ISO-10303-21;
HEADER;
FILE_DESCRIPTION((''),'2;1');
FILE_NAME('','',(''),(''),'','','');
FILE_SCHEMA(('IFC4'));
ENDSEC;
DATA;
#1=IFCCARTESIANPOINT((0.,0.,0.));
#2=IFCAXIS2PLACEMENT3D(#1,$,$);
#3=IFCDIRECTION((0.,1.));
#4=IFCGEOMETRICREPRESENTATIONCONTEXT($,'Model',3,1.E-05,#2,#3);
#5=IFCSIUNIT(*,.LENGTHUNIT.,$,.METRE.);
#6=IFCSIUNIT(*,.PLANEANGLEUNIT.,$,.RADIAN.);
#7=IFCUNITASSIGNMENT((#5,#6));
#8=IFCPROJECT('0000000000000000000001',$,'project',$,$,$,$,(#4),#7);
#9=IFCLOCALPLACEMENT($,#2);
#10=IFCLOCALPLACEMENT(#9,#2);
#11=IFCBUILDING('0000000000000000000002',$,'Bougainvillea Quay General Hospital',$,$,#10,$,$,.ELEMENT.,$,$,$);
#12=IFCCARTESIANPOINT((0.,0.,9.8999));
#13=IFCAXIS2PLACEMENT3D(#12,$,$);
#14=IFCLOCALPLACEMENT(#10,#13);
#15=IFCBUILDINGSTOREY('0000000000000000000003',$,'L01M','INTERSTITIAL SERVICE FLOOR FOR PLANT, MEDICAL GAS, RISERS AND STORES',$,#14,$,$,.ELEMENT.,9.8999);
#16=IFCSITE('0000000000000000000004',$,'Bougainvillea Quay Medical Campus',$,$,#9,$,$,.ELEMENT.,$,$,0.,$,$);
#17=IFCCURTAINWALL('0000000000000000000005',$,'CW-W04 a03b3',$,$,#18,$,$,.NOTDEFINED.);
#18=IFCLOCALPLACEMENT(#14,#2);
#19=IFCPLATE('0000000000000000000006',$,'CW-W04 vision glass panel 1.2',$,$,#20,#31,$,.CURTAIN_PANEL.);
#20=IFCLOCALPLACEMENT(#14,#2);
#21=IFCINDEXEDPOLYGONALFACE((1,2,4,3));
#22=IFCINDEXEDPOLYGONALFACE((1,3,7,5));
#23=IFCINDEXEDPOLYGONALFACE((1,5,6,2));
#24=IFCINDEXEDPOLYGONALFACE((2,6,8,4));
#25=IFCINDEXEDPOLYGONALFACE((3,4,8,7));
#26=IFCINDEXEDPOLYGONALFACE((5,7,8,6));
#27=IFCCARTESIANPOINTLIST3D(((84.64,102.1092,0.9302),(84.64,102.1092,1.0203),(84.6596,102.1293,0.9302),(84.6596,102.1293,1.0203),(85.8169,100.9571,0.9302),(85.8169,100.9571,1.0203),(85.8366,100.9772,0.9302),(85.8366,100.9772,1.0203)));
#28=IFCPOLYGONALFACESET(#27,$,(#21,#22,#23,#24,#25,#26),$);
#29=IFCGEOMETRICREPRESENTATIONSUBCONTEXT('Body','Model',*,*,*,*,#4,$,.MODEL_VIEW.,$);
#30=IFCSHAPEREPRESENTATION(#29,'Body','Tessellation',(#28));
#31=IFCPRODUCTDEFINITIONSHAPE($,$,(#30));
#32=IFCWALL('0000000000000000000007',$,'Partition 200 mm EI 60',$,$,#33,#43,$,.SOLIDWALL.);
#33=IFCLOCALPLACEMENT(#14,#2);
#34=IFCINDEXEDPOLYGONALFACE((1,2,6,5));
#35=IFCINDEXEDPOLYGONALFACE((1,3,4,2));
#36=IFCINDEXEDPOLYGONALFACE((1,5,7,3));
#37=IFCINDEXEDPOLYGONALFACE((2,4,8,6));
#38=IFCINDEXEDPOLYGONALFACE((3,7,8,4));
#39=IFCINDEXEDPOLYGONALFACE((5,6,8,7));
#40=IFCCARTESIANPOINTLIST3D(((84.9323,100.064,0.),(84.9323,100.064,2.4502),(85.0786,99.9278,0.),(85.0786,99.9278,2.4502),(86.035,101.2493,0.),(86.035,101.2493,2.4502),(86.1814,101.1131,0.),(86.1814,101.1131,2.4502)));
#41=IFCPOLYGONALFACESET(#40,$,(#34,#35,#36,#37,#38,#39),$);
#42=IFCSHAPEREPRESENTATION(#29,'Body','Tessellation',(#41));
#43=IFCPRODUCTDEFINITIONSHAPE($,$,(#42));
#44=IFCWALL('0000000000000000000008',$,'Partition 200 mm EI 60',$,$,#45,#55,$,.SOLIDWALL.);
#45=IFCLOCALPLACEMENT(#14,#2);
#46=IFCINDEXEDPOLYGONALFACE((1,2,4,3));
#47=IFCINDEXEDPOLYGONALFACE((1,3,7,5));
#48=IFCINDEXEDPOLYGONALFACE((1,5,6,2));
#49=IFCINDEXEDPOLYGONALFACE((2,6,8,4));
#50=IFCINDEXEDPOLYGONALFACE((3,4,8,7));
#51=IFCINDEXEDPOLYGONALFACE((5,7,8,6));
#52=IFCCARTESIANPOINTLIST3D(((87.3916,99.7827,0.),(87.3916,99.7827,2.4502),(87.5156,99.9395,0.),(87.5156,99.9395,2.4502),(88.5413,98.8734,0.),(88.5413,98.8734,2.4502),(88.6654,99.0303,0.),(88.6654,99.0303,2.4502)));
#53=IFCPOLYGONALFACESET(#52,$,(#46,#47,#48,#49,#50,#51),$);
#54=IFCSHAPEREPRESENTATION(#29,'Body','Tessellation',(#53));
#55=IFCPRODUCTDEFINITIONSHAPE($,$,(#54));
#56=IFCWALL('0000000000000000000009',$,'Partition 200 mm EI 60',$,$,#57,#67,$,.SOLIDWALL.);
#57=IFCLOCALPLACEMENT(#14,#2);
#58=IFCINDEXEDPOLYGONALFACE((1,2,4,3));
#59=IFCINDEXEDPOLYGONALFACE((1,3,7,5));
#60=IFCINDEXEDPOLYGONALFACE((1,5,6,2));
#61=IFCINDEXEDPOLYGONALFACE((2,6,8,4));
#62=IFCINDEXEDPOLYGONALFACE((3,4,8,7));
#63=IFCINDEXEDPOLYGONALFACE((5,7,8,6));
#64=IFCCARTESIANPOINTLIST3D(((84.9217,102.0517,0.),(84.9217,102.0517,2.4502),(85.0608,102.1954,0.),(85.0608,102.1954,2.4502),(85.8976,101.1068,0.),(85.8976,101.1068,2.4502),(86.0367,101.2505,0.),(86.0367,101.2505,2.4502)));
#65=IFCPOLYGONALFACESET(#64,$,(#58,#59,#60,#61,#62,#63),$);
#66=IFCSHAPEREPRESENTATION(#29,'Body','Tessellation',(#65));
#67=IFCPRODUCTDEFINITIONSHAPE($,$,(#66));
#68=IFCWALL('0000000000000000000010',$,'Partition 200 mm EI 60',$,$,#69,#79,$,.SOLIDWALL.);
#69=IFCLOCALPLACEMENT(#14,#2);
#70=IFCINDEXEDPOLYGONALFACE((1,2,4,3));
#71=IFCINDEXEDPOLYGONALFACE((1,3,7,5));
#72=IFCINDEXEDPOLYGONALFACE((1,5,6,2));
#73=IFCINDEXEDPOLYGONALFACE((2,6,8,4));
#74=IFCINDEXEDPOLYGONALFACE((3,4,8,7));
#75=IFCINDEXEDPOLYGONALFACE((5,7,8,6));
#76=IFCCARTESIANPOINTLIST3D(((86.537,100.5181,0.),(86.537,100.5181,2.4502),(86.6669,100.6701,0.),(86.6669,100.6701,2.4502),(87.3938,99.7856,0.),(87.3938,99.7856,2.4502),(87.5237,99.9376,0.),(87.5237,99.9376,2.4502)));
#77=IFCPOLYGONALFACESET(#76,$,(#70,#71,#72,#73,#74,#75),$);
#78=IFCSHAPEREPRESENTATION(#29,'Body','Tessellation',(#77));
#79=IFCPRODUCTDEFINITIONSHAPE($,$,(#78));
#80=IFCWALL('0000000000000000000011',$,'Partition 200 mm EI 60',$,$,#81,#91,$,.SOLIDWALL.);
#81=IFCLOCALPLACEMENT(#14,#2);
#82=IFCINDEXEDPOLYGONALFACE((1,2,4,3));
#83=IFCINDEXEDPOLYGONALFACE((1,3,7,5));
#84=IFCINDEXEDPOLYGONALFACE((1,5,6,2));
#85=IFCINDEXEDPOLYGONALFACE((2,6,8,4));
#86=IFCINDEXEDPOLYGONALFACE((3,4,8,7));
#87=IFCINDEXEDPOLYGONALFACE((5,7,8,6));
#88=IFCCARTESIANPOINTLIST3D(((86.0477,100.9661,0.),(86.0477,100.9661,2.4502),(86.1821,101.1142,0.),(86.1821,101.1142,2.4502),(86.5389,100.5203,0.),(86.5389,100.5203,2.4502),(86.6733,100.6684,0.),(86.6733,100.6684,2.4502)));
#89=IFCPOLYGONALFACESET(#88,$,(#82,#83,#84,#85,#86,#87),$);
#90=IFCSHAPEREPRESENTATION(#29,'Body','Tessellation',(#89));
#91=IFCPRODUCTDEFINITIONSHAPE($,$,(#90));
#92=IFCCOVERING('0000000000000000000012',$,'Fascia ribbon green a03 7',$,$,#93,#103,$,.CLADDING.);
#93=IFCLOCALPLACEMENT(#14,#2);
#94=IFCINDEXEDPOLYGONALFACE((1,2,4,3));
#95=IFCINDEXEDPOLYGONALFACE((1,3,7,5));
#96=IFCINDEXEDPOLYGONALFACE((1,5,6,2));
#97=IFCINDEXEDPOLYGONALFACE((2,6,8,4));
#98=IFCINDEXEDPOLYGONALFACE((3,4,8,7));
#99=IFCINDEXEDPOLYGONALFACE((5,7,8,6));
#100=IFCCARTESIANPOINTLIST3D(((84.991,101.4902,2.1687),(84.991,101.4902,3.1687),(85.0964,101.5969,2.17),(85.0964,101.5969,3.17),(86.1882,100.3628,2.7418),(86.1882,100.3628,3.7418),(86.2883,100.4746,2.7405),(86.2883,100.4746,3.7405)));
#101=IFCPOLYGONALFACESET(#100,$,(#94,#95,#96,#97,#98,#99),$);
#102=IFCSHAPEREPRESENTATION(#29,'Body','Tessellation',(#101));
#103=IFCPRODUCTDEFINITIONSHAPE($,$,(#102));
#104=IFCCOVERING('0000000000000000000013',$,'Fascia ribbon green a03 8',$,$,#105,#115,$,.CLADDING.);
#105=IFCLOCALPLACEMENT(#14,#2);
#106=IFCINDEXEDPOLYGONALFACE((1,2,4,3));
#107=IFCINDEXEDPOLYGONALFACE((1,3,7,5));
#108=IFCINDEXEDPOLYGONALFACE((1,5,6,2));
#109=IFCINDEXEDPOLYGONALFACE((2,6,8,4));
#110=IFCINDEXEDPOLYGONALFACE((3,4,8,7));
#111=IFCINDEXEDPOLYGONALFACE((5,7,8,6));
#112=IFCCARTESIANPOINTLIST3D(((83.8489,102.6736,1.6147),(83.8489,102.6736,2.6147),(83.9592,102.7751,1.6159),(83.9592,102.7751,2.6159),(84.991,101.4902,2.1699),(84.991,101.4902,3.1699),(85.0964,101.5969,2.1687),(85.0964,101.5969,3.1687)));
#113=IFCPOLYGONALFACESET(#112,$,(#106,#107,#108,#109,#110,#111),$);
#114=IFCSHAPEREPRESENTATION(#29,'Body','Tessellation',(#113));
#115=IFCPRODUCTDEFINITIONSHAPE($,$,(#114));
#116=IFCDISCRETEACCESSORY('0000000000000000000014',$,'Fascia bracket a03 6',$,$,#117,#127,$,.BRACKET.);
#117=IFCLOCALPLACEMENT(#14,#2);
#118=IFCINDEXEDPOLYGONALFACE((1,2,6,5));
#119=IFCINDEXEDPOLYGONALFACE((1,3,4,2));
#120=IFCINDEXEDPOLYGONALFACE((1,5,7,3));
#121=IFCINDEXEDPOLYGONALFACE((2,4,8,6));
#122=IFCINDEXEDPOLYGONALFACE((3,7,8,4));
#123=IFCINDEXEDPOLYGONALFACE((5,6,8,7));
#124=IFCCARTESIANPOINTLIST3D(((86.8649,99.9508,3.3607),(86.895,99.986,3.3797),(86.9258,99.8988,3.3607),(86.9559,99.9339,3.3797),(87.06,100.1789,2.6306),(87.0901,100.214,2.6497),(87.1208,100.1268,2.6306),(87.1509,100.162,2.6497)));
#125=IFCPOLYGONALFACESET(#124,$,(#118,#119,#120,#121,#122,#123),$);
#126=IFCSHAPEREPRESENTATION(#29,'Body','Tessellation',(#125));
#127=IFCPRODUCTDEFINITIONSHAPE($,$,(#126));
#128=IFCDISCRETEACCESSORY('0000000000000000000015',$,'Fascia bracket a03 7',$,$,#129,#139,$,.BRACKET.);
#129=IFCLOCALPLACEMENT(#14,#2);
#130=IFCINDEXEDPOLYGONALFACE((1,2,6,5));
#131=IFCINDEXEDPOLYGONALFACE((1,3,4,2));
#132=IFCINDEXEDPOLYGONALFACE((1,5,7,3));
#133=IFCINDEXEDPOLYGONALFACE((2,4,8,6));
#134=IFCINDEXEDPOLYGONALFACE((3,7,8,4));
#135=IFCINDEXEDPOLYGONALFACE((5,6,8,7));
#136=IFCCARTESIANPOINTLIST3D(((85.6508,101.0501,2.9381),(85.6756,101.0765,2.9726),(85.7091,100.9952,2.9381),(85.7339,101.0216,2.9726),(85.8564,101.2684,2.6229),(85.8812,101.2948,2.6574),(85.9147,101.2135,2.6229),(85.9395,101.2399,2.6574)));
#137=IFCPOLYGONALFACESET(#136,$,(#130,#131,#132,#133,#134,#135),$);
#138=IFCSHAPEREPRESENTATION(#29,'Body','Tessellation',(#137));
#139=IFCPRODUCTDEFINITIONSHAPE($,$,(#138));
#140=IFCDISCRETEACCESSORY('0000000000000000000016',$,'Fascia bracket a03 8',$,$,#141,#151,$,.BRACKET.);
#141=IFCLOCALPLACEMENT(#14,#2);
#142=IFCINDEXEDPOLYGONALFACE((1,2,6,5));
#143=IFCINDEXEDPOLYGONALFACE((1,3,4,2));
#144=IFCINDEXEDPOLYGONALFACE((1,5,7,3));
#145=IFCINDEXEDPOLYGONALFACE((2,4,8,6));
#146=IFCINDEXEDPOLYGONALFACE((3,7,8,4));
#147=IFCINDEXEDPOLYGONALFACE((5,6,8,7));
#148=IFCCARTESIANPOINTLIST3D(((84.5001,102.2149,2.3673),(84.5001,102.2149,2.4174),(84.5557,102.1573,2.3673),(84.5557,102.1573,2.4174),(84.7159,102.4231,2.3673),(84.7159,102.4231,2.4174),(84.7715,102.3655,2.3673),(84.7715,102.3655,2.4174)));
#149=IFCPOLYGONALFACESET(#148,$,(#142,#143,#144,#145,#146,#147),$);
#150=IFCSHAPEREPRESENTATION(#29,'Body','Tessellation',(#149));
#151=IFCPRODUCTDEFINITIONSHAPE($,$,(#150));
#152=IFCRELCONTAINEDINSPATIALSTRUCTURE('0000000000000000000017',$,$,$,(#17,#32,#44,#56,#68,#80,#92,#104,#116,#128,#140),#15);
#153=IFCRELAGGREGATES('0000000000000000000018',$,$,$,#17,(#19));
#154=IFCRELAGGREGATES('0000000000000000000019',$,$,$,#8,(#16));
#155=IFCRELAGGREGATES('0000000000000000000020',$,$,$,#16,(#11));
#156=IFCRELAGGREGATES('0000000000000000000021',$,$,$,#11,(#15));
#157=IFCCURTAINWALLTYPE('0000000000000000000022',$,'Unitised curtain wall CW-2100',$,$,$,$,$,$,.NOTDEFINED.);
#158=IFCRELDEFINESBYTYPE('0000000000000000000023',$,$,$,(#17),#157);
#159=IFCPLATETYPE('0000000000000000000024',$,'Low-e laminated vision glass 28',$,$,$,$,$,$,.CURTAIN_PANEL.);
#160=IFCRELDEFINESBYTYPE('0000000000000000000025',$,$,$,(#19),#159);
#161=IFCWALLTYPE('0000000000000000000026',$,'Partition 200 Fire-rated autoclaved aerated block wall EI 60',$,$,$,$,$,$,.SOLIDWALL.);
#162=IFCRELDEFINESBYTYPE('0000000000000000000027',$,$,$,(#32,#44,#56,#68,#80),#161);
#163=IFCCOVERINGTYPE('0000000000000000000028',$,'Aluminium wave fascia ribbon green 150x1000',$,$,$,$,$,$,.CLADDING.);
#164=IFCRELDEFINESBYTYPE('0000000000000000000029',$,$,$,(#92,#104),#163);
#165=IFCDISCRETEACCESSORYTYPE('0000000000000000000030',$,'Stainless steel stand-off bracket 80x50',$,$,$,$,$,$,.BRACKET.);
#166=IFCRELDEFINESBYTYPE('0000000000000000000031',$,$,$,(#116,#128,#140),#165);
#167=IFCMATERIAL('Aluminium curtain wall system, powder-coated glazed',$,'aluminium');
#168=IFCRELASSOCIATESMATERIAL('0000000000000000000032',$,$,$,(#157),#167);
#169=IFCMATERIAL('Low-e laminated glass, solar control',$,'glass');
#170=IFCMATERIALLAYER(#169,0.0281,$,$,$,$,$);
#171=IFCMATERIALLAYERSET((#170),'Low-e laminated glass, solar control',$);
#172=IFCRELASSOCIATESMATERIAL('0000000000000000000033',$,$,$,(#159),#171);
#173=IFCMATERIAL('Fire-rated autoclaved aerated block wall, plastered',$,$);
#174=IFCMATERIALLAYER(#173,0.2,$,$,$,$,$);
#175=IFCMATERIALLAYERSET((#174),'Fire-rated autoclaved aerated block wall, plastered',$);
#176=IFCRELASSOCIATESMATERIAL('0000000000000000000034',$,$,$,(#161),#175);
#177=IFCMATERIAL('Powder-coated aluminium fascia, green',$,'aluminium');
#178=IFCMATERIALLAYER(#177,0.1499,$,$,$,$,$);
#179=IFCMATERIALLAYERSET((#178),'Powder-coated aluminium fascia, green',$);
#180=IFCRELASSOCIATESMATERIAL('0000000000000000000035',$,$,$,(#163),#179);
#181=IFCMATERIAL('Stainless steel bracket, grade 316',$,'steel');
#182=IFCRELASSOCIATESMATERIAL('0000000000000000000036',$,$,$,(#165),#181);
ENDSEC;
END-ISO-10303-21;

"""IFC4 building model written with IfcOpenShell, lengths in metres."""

from ifc_helpers import new_model, si_unit, direction, frame, frame_2d, origin, origin_2d, place, context, subcontext, project, spatial, polyline, rectangle, outline, extrude, material, layer, layer_set, material_profile, profile_set, type_object, element, aggregate, save


model = new_model("IFC4")

# Units and contexts
model_context = context("Model", 3, precision=1e-05, world=origin(), true_north=direction((0.0, 1.0)))
body_context = subcontext(model_context, "Body", "Model", "MODEL_VIEW")
ifc_project = project(units=[si_unit("LENGTHUNIT", "METRE"), si_unit("PLANEANGLEUNIT", "RADIAN")], contexts=[model_context])

# Site, building, storey
site_placement = place(None, origin())
site = spatial("IfcSite", under=ifc_project, at=site_placement, Name="Bougainvillea Quay Medical Campus", CompositionType="ELEMENT", RefElevation=0.0)
building_placement = place(site_placement, origin())
building = spatial("IfcBuilding", under=site, at=building_placement, Name="Bougainvillea Quay General Hospital", CompositionType="ELEMENT")
storey_placement = place(building_placement, frame((0.0, 0.0, 9.8999)))
storey = spatial("IfcBuildingStorey", under=building, at=storey_placement, Name="L01M", Description="INTERSTITIAL SERVICE FLOOR FOR PLANT, MEDICAL GAS, RISERS AND STORES", CompositionType="ELEMENT", Elevation=9.8999)

# Shared definitions
ifc_material_1 = material(Name="Aluminium curtain wall system, powder-coated glazed", Category="aluminium")
curtain_wall_type = type_object("IfcCurtainWallType", Name="Unitised curtain wall CW-2100", PredefinedType="NOTDEFINED", material=ifc_material_1)

# Curtain wall
curtain_wall_1_placement = place(storey_placement, origin())
curtain_wall_1 = element("IfcCurtainWall", 1, at=curtain_wall_1_placement, inside=storey, type_object=curtain_wall_type, Name="CW-W04 a03b3", PredefinedType="NOTDEFINED")

# Plate
ifc_material_2 = material(Name="Low-e laminated glass, solar control", Category="glass")
ifc_layer_1 = layer(ifc_material_2, 0.0281)
ifc_layer_set_1 = layer_set([ifc_layer_1], Name="Low-e laminated glass, solar control")
plate_type_1 = type_object("IfcPlateType", Name="Low-e laminated vision glass 28", PredefinedType="CURTAIN_PANEL", material=ifc_layer_set_1)
plate_1_placement = place(storey_placement, frame((85.2383, 101.5432, 0.9302), z_axis=(0.0, 0.0, 1.0), x_axis=(-0.714607, 0.699526, 0.0)))
plate_1 = element("IfcPlate", 2, at=plate_1_placement, type_object=plate_type_1, Name="CW-W04 vision glass panel 1.2", PredefinedType="CURTAIN_PANEL", context=body_context, shape_type="SweptSolid", body=[
    extrude(rectangle(XDim=1.647, YDim=0.0281, at=origin_2d()), origin(), (0.0, 0.0, 1.0), 0.0901),
])
aggregate(curtain_wall_1, [plate_1])

# Walls
ifc_material_3 = material(Name="Fire-rated autoclaved aerated block wall, plastered")
ifc_layer_2 = layer(ifc_material_3, 0.2)
ifc_layer_set_2 = layer_set([ifc_layer_2], Name="Fire-rated autoclaved aerated block wall, plastered")
wall_type = type_object("IfcWallType", Name="Partition 200 Fire-rated autoclaved aerated block wall EI 60", PredefinedType="SOLIDWALL", material=ifc_layer_set_2)
wall_1_placement = place(storey_placement, frame((85.0054, 99.9958, 0.0), z_axis=(0.0, 0.0, 1.0), x_axis=(0.681162, 0.732133, 0.0)))
element("IfcWall", 3, at=wall_1_placement, inside=storey, type_object=wall_type, Name="Partition 200 mm EI 60", PredefinedType="SOLIDWALL", context=body_context, shape_type="SweptSolid", body=[
    extrude(rectangle(XDim=1.6189, YDim=0.2, at=frame_2d((0.8096, 0.0))), origin(), (0.0, 0.0, 1.0), 2.4502),
])
wall_2_placement = place(storey_placement, frame((87.4536, 99.8611, 0.0), z_axis=(0.0, 0.0, 1.0), x_axis=(0.784367, -0.620298, 0.0)))
element("IfcWall", 4, at=wall_2_placement, inside=storey, type_object=wall_type, Name="Partition 200 mm EI 60", PredefinedType="SOLIDWALL", context=body_context, shape_type="SweptSolid", body=[
    extrude(rectangle(XDim=1.4658, YDim=0.2, at=frame_2d((0.7329, 0.0))), origin(), (0.0, 0.0, 1.0), 2.4502),
])
wall_3_placement = place(storey_placement, frame((84.9912, 102.1235, 0.0), z_axis=(0.0, 0.0, 1.0), x_axis=(0.718428, -0.695601, 0.0)))
element("IfcWall", 5, at=wall_3_placement, inside=storey, type_object=wall_type, Name="Partition 200 mm EI 60", PredefinedType="SOLIDWALL", context=body_context, shape_type="SweptSolid", body=[
    extrude(rectangle(XDim=1.3584, YDim=0.2, at=frame_2d((0.6792, 0.0))), origin(), (0.0, 0.0, 1.0), 2.4502),
])
wall_4_placement = place(storey_placement, frame((86.6021, 100.594, 0.0), z_axis=(0.0, 0.0, 1.0), x_axis=(0.760082, -0.649828, 0.0)))
element("IfcWall", 6, at=wall_4_placement, inside=storey, type_object=wall_type, Name="Partition 200 mm EI 60", PredefinedType="SOLIDWALL", context=body_context, shape_type="SweptSolid", body=[
    extrude(rectangle(XDim=1.1272, YDim=0.2, at=frame_2d((0.5635, 0.0))), origin(), (0.0, 0.0, 1.0), 2.4502),
])
wall_5_placement = place(storey_placement, frame((86.115, 101.04, 0.0), z_axis=(0.0, 0.0, 1.0), x_axis=(0.740506, -0.67205, 0.0)))
element("IfcWall", 7, at=wall_5_placement, inside=storey, type_object=wall_type, Name="Partition 200 mm EI 60", PredefinedType="SOLIDWALL", context=body_context, shape_type="SweptSolid", body=[
    extrude(rectangle(XDim=0.6633, YDim=0.2, at=frame_2d((0.3315, 0.0))), origin(), (0.0, 0.0, 1.0), 2.4502),
])

# Coverings
ifc_material_4 = material(Name="Powder-coated aluminium fascia, green", Category="aluminium")
ifc_layer_3 = layer(ifc_material_4, 0.1499)
ifc_layer_set_3 = layer_set([ifc_layer_3], Name="Powder-coated aluminium fascia, green")
covering_type = type_object("IfcCoveringType", Name="Aluminium wave fascia ribbon green 150x1000", PredefinedType="CLADDING", material=ifc_layer_set_3)
covering_1_placement = place(storey_placement, frame((86.2883, 100.4746, 2.7405), z_axis=(-0.239668, 0.225475, 0.944309), x_axis=(-0.687493, 0.647359, -0.329059)))
element("IfcCovering", 8, at=covering_1_placement, inside=storey, type_object=covering_type, Name="Fascia ribbon green a03 7", PredefinedType="CLADDING", context=body_context, shape_type="SweptSolid", body=[
    extrude(outline(polyline([(0.0, 0.0), (1.7337, 0.0), (1.7376, 0.15), (-0.004, 0.15), (0.0, 0.0)])), origin(), (-0.329059, -0.000138, 0.944309), 1.0),
])
covering_2_placement = place(storey_placement, frame((85.0964, 101.5969, 2.1687), z_axis=(-0.222083, 0.230154, 0.947475), x_axis=(-0.657995, 0.681727, -0.31983)))
element("IfcCovering", 9, at=covering_2_placement, inside=storey, type_object=covering_type, Name="Fascia ribbon green a03 8", PredefinedType="CLADDING", context=body_context, shape_type="SweptSolid", body=[
    extrude(outline(polyline([(0.0, 0.0), (1.7283, 0.0), (1.732, 0.1499), (-0.0037, 0.15), (0.0, 0.0)])), origin(), (-0.31983, 0.00004, 0.947475), 1.0),
])

# Discrete accessories
ifc_material_5 = material(Name="Stainless steel bracket, grade 316", Category="steel")
ifc_material_profile_1 = material_profile(ifc_material_5, rectangle(XDim=0.0801, YDim=0.05, at=origin_2d()))
ifc_profile_set_1 = profile_set([ifc_material_profile_1], Name="Stainless steel bracket, grade 316")
discrete_accessory_type = type_object("IfcDiscreteAccessoryType", Name="Stainless steel stand-off bracket 80x50", PredefinedType="BRACKET", material=ifc_profile_set_1)
discrete_accessory_1_placement = place(storey_placement, frame((87.1055, 100.1704, 2.6401), z_axis=(-0.247156, -0.288916, 0.924901), x_axis=(0.759888, -0.650054, 0.0)))
element("IfcDiscreteAccessory", 10, at=discrete_accessory_1_placement, inside=storey, type_object=discrete_accessory_type, Name="Fascia bracket a03 6", PredefinedType="BRACKET", context=body_context, shape_type="SweptSolid", body=[
    extrude(rectangle(XDim=0.0801, YDim=0.05, at=origin_2d()), origin(), (0.0, 0.0, 1.0), 0.7893),
])
discrete_accessory_2_placement = place(storey_placement, frame((85.8979, 101.2542, 2.6401), z_axis=(-0.472551, -0.501734, 0.72454), x_axis=(0.727961, -0.685619, 0.0)))
element("IfcDiscreteAccessory", 11, at=discrete_accessory_2_placement, inside=storey, type_object=discrete_accessory_type, Name="Fascia bracket a03 7", PredefinedType="BRACKET", context=body_context, shape_type="SweptSolid", body=[
    extrude(rectangle(XDim=0.0801, YDim=0.05, at=origin_2d()), origin(), (0.0, 0.0, 1.0), 0.4351),
])
discrete_accessory_3_placement = place(storey_placement, frame((84.7437, 102.3943, 2.3923), z_axis=(-0.719612, -0.694377, 0.0), x_axis=(0.694377, -0.719612, 0.0)))
element("IfcDiscreteAccessory", 12, at=discrete_accessory_3_placement, inside=storey, type_object=discrete_accessory_type, Name="Fascia bracket a03 8", PredefinedType="BRACKET", context=body_context, shape_type="SweptSolid", body=[
    extrude(rectangle(XDim=0.0801, YDim=0.05, at=origin_2d()), origin(), (0.0, 0.0, 1.0), 0.2998),
])

save(model, "model.ifc")
